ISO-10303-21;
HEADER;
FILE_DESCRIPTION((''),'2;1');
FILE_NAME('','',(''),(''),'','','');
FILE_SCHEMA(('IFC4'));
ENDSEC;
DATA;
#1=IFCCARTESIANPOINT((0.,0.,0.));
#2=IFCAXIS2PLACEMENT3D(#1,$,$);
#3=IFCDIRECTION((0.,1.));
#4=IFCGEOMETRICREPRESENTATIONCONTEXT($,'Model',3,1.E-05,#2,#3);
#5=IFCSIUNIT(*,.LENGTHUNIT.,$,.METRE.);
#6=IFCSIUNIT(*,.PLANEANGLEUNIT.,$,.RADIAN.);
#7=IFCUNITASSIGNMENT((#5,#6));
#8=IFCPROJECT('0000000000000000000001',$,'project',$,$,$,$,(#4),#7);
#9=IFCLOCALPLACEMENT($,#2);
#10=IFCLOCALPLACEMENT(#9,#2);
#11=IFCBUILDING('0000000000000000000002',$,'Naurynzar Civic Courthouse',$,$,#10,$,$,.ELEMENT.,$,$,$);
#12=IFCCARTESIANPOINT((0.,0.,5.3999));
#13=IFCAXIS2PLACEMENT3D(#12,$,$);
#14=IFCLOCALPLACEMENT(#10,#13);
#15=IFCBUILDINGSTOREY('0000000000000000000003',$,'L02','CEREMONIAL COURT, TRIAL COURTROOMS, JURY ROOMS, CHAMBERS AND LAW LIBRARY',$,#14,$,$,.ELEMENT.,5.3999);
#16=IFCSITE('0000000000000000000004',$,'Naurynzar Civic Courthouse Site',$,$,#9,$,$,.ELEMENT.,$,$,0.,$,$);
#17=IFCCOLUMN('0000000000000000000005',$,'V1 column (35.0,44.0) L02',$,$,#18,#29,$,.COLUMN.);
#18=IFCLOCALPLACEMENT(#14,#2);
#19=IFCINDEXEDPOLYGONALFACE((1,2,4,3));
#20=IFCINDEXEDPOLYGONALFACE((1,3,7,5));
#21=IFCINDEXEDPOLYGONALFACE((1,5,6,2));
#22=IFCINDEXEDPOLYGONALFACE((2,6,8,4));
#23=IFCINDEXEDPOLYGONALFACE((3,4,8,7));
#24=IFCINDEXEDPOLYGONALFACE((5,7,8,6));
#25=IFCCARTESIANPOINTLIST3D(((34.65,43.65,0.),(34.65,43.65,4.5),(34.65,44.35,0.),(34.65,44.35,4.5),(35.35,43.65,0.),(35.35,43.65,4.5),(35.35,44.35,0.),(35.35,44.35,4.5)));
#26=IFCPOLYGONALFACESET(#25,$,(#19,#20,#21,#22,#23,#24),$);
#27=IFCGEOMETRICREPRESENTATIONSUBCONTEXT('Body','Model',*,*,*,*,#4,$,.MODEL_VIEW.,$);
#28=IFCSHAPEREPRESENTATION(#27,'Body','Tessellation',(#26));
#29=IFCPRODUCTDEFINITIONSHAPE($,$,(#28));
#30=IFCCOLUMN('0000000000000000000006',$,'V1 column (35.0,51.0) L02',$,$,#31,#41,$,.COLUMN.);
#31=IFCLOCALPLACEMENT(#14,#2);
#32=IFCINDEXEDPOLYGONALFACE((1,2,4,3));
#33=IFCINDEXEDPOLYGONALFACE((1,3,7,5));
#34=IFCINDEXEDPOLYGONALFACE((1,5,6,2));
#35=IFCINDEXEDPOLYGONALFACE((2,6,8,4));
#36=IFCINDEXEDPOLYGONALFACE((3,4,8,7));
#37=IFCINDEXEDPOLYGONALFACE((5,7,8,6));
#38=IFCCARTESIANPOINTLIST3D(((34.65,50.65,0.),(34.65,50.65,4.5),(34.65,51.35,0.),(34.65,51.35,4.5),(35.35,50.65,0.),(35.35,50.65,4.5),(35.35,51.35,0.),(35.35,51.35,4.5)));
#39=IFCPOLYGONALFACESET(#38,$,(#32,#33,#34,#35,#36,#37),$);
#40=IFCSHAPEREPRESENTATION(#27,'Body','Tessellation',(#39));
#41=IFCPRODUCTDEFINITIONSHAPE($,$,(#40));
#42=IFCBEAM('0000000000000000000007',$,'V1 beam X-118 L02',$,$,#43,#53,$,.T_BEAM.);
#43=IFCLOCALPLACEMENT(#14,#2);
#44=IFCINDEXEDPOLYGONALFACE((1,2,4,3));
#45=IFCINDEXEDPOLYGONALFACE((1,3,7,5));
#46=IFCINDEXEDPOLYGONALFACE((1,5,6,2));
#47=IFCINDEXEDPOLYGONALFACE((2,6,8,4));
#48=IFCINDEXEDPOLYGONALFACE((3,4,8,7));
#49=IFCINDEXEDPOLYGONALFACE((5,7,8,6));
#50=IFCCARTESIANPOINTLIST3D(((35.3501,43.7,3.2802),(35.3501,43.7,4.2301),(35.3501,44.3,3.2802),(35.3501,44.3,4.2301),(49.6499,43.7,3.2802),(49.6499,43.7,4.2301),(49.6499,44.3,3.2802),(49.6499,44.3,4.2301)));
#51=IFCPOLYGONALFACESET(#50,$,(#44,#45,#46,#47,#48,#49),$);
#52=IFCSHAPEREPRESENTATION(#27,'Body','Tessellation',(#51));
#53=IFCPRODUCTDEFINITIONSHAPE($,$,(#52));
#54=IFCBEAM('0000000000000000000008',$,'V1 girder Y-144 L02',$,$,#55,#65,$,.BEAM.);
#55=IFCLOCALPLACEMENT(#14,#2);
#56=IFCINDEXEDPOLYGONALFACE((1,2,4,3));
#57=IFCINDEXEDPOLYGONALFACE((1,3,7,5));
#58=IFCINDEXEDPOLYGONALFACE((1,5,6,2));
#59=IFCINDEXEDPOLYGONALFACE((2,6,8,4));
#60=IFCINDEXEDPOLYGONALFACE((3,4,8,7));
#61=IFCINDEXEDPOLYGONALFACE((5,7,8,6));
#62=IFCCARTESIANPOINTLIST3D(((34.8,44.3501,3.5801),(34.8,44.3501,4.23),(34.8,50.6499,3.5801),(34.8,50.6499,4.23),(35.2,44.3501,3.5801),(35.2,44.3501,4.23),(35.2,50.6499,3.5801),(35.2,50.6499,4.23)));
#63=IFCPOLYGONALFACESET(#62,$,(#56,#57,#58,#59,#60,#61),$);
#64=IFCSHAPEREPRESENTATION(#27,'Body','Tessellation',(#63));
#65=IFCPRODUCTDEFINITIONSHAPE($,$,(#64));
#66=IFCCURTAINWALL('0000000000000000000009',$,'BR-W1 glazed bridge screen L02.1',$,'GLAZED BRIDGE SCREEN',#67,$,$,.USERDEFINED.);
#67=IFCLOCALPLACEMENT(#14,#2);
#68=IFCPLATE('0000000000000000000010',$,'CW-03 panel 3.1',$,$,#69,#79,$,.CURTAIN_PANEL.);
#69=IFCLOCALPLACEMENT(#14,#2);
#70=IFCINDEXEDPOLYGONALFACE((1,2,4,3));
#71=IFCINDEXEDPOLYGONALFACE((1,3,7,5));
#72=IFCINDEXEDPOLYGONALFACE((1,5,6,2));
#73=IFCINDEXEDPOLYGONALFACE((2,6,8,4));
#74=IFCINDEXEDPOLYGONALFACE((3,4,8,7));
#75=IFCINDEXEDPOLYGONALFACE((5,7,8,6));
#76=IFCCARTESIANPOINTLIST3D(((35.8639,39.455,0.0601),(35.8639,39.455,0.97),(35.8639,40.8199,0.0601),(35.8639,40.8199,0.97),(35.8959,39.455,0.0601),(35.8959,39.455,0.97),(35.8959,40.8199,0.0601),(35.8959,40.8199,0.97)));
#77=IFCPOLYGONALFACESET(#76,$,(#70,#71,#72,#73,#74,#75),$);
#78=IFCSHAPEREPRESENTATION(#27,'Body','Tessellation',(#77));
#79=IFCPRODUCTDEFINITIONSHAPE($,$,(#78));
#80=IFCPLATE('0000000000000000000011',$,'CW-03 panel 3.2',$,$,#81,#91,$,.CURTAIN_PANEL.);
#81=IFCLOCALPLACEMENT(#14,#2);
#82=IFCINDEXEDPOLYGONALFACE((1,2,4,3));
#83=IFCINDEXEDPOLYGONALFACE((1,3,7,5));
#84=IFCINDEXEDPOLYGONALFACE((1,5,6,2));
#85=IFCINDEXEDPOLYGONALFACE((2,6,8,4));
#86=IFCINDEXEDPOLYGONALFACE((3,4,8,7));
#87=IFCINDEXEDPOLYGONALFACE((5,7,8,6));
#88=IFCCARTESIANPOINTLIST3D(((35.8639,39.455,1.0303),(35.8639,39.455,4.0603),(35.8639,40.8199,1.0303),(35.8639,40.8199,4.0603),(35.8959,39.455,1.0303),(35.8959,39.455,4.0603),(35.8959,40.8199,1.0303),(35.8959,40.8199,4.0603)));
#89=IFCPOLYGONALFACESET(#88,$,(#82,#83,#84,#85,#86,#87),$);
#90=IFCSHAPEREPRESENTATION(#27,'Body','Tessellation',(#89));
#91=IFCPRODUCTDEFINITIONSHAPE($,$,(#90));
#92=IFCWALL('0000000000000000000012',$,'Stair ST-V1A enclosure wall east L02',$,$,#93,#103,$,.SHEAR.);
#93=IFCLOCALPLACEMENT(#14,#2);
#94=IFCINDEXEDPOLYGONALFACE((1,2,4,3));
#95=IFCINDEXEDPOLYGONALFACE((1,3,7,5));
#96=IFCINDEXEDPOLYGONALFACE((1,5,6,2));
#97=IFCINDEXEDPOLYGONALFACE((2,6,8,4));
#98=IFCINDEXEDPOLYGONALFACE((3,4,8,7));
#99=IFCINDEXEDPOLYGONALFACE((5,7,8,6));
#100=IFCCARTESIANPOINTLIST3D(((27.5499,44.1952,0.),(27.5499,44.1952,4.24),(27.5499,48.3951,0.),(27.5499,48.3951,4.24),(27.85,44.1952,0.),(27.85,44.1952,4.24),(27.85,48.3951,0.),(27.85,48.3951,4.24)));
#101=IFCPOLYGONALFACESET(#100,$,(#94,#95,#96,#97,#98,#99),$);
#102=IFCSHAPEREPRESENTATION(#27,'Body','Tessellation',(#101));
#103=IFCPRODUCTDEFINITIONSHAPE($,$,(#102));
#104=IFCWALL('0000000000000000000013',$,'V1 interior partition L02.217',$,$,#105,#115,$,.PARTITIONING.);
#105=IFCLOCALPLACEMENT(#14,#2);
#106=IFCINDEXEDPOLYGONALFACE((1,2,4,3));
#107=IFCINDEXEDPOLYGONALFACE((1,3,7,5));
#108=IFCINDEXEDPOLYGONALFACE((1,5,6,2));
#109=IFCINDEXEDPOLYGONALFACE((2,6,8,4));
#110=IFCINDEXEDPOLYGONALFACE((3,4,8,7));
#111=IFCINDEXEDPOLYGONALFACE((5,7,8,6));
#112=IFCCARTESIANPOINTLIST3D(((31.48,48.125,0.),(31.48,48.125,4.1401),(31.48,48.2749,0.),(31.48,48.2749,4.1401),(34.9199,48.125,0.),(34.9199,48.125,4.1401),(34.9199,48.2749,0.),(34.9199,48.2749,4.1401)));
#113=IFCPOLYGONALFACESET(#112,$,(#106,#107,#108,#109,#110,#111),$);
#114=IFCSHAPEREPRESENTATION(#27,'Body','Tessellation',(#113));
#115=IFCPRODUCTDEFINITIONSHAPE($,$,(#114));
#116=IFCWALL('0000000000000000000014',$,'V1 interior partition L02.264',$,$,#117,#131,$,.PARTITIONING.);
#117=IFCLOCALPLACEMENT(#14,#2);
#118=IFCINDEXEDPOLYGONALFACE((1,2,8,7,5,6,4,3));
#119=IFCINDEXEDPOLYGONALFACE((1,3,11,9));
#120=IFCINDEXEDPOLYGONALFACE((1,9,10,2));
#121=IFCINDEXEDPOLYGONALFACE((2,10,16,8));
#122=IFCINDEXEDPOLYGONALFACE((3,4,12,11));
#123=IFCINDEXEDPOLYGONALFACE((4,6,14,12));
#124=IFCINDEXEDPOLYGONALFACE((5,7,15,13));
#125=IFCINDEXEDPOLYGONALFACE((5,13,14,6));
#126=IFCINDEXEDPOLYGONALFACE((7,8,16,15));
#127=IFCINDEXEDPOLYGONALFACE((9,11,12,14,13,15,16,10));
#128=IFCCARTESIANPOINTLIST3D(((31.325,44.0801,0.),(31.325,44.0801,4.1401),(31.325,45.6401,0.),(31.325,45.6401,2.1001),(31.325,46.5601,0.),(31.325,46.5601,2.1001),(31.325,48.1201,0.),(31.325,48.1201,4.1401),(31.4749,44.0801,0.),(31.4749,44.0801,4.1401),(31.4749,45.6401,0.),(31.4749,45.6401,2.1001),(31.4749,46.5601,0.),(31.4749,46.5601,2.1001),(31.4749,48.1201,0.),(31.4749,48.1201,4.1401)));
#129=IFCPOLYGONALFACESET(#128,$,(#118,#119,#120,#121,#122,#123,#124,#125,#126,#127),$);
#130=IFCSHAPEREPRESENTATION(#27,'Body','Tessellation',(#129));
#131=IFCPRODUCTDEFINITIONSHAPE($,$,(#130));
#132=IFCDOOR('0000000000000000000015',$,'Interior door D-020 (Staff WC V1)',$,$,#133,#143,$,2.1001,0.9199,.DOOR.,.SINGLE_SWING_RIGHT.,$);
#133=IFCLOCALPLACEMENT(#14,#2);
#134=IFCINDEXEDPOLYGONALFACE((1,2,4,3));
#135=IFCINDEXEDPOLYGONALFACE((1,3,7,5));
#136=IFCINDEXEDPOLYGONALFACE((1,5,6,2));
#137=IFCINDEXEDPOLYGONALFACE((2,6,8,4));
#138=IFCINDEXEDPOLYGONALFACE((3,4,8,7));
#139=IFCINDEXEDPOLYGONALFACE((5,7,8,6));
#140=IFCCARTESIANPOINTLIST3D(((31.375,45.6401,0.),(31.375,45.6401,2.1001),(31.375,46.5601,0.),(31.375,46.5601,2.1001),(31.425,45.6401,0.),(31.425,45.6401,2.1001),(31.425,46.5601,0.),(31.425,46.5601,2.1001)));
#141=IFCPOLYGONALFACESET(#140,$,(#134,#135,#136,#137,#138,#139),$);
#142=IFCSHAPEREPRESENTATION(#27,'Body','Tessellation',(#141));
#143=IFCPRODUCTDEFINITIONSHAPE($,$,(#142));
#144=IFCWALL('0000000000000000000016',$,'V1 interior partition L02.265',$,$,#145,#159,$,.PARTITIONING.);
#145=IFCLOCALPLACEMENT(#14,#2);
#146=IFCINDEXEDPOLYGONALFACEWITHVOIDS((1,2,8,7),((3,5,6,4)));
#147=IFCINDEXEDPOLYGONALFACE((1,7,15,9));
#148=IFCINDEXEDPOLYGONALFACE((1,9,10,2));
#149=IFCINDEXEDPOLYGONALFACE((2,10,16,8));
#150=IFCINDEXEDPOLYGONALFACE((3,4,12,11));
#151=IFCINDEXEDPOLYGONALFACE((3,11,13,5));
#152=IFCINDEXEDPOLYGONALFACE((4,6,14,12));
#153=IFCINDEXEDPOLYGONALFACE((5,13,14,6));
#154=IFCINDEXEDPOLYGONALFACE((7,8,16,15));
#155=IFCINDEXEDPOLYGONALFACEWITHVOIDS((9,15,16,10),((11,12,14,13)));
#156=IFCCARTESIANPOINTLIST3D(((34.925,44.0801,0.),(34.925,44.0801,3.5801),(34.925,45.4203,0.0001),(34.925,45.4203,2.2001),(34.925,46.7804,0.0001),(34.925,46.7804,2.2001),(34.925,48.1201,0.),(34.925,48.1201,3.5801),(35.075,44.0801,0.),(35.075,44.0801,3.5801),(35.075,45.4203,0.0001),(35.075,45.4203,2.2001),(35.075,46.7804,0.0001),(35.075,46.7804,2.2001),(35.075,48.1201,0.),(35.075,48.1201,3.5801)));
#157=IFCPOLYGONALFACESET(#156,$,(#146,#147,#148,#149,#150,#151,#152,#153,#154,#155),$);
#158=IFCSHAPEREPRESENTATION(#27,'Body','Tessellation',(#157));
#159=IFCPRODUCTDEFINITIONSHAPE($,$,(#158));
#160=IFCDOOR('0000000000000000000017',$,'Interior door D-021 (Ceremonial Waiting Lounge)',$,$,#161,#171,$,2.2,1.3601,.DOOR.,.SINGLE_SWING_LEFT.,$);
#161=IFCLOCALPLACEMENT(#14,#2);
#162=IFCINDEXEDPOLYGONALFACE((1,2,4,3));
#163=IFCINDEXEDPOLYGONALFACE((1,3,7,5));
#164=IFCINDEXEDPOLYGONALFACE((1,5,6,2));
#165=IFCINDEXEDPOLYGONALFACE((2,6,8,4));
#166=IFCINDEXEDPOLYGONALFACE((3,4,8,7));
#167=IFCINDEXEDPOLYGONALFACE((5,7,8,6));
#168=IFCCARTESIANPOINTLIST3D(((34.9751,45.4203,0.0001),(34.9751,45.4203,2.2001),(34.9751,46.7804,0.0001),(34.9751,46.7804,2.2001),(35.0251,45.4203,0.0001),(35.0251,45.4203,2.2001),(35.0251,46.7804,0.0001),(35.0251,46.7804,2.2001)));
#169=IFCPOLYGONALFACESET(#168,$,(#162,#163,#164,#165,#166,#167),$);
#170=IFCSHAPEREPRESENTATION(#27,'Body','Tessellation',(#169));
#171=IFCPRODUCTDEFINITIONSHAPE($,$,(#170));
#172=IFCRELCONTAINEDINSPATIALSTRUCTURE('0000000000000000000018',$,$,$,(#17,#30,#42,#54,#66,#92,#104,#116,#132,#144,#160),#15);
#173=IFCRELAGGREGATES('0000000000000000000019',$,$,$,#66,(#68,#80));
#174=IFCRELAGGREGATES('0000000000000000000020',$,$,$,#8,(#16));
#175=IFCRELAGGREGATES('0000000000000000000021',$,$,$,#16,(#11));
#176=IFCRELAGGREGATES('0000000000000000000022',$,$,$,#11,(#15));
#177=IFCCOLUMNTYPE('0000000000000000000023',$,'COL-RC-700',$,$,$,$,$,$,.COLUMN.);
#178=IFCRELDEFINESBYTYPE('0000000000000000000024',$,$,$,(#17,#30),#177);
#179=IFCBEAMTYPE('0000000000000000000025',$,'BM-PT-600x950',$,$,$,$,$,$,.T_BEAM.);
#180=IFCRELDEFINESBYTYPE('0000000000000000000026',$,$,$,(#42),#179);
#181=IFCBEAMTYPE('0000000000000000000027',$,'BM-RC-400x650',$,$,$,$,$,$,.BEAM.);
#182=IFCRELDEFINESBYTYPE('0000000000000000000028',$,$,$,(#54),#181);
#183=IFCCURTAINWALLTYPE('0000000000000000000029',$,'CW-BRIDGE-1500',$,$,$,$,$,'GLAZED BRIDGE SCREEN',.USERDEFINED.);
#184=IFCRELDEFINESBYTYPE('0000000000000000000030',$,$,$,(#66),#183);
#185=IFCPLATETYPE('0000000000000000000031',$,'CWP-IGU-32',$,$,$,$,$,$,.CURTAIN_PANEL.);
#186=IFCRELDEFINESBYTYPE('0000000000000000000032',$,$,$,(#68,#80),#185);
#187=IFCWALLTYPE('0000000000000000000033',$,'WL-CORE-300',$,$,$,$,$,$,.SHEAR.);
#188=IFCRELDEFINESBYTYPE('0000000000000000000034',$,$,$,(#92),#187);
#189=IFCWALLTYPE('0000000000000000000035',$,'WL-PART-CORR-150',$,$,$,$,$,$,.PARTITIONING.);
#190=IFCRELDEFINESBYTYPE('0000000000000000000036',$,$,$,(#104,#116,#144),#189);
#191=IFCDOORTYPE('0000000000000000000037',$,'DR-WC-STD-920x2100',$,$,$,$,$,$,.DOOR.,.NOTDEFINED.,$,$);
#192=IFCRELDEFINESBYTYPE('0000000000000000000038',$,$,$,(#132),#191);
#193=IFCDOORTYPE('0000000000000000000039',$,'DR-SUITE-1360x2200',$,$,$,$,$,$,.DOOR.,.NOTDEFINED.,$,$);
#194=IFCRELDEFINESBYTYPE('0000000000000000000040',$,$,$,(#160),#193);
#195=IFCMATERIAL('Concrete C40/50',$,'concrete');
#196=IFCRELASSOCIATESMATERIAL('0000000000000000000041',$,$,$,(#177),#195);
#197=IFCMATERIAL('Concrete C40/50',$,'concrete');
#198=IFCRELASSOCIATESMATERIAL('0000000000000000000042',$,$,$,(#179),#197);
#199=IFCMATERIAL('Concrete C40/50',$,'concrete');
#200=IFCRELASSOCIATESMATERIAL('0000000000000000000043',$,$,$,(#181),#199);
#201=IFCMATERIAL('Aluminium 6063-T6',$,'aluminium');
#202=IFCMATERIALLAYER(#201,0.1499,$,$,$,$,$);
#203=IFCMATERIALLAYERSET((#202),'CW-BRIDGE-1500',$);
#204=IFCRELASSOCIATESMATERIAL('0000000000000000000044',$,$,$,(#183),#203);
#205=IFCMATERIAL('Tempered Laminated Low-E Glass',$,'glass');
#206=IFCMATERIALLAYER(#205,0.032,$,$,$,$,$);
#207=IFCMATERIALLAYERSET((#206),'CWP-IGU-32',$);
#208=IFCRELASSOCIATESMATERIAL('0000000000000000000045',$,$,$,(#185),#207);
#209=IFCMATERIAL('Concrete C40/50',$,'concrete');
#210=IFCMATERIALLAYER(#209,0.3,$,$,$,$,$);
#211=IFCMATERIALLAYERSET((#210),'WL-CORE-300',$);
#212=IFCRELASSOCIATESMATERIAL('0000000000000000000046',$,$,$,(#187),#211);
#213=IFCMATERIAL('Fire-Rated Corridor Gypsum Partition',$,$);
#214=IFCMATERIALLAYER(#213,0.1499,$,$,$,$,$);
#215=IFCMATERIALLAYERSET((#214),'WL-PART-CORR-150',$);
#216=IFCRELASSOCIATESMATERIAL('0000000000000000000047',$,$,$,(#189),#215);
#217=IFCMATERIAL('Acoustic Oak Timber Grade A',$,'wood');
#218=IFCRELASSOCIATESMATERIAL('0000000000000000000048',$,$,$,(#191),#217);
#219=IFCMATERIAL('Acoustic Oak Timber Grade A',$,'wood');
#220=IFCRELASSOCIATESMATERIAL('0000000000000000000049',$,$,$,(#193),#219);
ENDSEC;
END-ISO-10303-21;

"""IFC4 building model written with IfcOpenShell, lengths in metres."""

from ifc_helpers import new_model, si_unit, direction, frame, frame_2d, origin, origin_2d, place, context, subcontext, project, spatial, rectangle, extrude, material, layer, layer_set, material_profile, profile_set, type_object, element, fill, aggregate, save


model = new_model("IFC4")

# Units and contexts
model_context = context("Model", 3, precision=1e-05, world=origin(), true_north=direction((0.0, 1.0)))
body_context = subcontext(model_context, "Body", "Model", "MODEL_VIEW")
ifc_project = project(units=[si_unit("LENGTHUNIT", "METRE"), si_unit("PLANEANGLEUNIT", "RADIAN")], contexts=[model_context])

# Site, building, storey
site_placement = place(None, origin())
site = spatial("IfcSite", under=ifc_project, at=site_placement, Name="Naurynzar Civic Courthouse Site", CompositionType="ELEMENT", RefElevation=0.0)
building_placement = place(site_placement, origin())
building = spatial("IfcBuilding", under=site, at=building_placement, Name="Naurynzar Civic Courthouse", CompositionType="ELEMENT")
storey_placement = place(building_placement, frame((0.0, 0.0, 5.3999)))
storey = spatial("IfcBuildingStorey", under=building, at=storey_placement, Name="L02", Description="CEREMONIAL COURT, TRIAL COURTROOMS, JURY ROOMS, CHAMBERS AND LAW LIBRARY", CompositionType="ELEMENT", Elevation=5.3999)

# Columns
ifc_material_1 = material(Name="Concrete C40/50", Category="concrete")
ifc_material_profile_1 = material_profile(ifc_material_1, rectangle(XDim=0.7, YDim=0.7, at=origin_2d()), Name="RC 700x700")
ifc_profile_set_1 = profile_set([ifc_material_profile_1], Name="Concrete C40/50")
column_type = type_object("IfcColumnType", Name="COL-RC-700", PredefinedType="COLUMN", material=ifc_profile_set_1)
for number, where, z_axis, x_axis, name in (
    (1, (35.0, 44.0, 0.0), (0.0, 0.0, 1.0), (1.0, 0.0, 0.0), "V1 column (35.0,44.0) L02"),
    (2, (35.0, 51.0, 0.0), (0.0, 0.0, 1.0), (1.0, 0.0, 0.0), "V1 column (35.0,51.0) L02"),
):
    element("IfcColumn", number, at=place(storey_placement, frame(where, z_axis=z_axis, x_axis=x_axis)), inside=storey, type_object=column_type, Name=name, PredefinedType="COLUMN", context=body_context, shape_type="SweptSolid", body=[
        extrude(rectangle(XDim=0.7, YDim=0.7, at=origin_2d()), origin(), (0.0, 0.0, 1.0), 4.5),
    ])

# Beams
ifc_material_2 = material(Name="Concrete C40/50", Category="concrete")
ifc_material_profile_2 = material_profile(ifc_material_2, rectangle(XDim=0.6001, YDim=0.95, at=origin_2d()), Name="PTB 600x950")
ifc_profile_set_2 = profile_set([ifc_material_profile_2], Name="Concrete C40/50")
beam_type_1 = type_object("IfcBeamType", Name="BM-PT-600x950", PredefinedType="T_BEAM", material=ifc_profile_set_2)
beam_1_placement = place(storey_placement, frame((35.3501, 44.0, 3.7551), z_axis=(1.0, 0.0, 0.0), x_axis=(0.0, 1.0, 0.0)))
element("IfcBeam", 3, at=beam_1_placement, inside=storey, type_object=beam_type_1, Name="V1 beam X-118 L02", PredefinedType="T_BEAM", context=body_context, shape_type="SweptSolid", body=[
    extrude(rectangle(XDim=0.6001, YDim=0.95, at=origin_2d()), origin(), (0.0, 0.0, 1.0), 14.2998),
])
ifc_material_3 = material(Name="Concrete C40/50", Category="concrete")
ifc_material_profile_3 = material_profile(ifc_material_3, rectangle(XDim=0.3999, YDim=0.6499, at=origin_2d()), Name="RCB 400x650")
ifc_profile_set_3 = profile_set([ifc_material_profile_3], Name="Concrete C40/50")
beam_type_2 = type_object("IfcBeamType", Name="BM-RC-400x650", PredefinedType="BEAM", material=ifc_profile_set_3)
beam_2_placement = place(storey_placement, frame((35.0, 44.3501, 3.905), z_axis=(0.0, 1.0, 0.0), x_axis=(-1.0, 0.0, 0.0)))
element("IfcBeam", 4, at=beam_2_placement, inside=storey, type_object=beam_type_2, Name="V1 girder Y-144 L02", PredefinedType="BEAM", context=body_context, shape_type="SweptSolid", body=[
    extrude(rectangle(XDim=0.3999, YDim=0.6499, at=origin_2d()), origin(), (0.0, 0.0, 1.0), 6.2998),
])

# Curtain wall, plates
ifc_material_4 = material(Name="Aluminium 6063-T6", Category="aluminium")
ifc_layer_1 = layer(ifc_material_4, 0.1499)
ifc_layer_set_1 = layer_set([ifc_layer_1], Name="CW-BRIDGE-1500")
curtain_wall_type = type_object("IfcCurtainWallType", Name="CW-BRIDGE-1500", ElementType="GLAZED BRIDGE SCREEN", PredefinedType="USERDEFINED", material=ifc_layer_set_1)
curtain_wall_placement = place(storey_placement, origin())
curtain_wall = element("IfcCurtainWall", 5, at=curtain_wall_placement, inside=storey, type_object=curtain_wall_type, Name="BR-W1 glazed bridge screen L02.1", ObjectType="GLAZED BRIDGE SCREEN", PredefinedType="USERDEFINED")
ifc_material_5 = material(Name="Tempered Laminated Low-E Glass", Category="glass")
ifc_layer_2 = layer(ifc_material_5, 0.032)
ifc_layer_set_2 = layer_set([ifc_layer_2], Name="CWP-IGU-32")
plate_type = type_object("IfcPlateType", Name="CWP-IGU-32", PredefinedType="CURTAIN_PANEL", material=ifc_layer_set_2)
plate_1_placement = place(storey_placement, frame((35.8799, 40.1375, 0.0601), z_axis=(0.0, 0.0, 1.0), x_axis=(0.0, -1.0, 0.0)))
plate_1 = element("IfcPlate", 6, at=plate_1_placement, type_object=plate_type, Name="CW-03 panel 3.1", PredefinedType="CURTAIN_PANEL", context=body_context, shape_type="SweptSolid", body=[
    extrude(rectangle(XDim=1.365, YDim=0.032, at=origin_2d()), origin(), (0.0, 0.0, 1.0), 0.9099),
])
plate_2_placement = place(storey_placement, frame((35.8799, 40.1375, 1.0303), z_axis=(0.0, 0.0, 1.0), x_axis=(0.0, -1.0, 0.0)))
plate_2 = element("IfcPlate", 7, at=plate_2_placement, type_object=plate_type, Name="CW-03 panel 3.2", PredefinedType="CURTAIN_PANEL", context=body_context, shape_type="SweptSolid", body=[
    extrude(rectangle(XDim=1.365, YDim=0.032, at=origin_2d()), origin(), (0.0, 0.0, 1.0), 3.03),
])
aggregate(curtain_wall, [plate_1, plate_2])

# Shared definitions
ifc_material_6 = material(Name="Concrete C40/50", Category="concrete")
ifc_layer_3 = layer(ifc_material_6, 0.3)
ifc_layer_set_3 = layer_set([ifc_layer_3], Name="WL-CORE-300")
wall_type_1 = type_object("IfcWallType", Name="WL-CORE-300", PredefinedType="SHEAR", material=ifc_layer_set_3)

# Walls
wall_1_placement = place(storey_placement, frame((27.7, 44.1951, 0.0), z_axis=(0.0, 0.0, 1.0), x_axis=(0.0, 1.0, 0.0)))
element("IfcWall", 8, at=wall_1_placement, inside=storey, type_object=wall_type_1, Name="Stair ST-V1A enclosure wall east L02", PredefinedType="SHEAR", context=body_context, shape_type="SweptSolid", body=[
    extrude(rectangle(XDim=4.2, YDim=0.3, at=frame_2d((2.1001, 0.0))), origin(), (0.0, 0.0, 1.0), 4.24),
])
ifc_material_7 = material(Name="Fire-Rated Corridor Gypsum Partition")
ifc_layer_4 = layer(ifc_material_7, 0.1499)
ifc_layer_set_4 = layer_set([ifc_layer_4], Name="WL-PART-CORR-150")
wall_type_2 = type_object("IfcWallType", Name="WL-PART-CORR-150", PredefinedType="PARTITIONING", material=ifc_layer_set_4)
wall_2_placement = place(storey_placement, frame((31.48, 48.2, 0.0), z_axis=(0.0, 0.0, 1.0), x_axis=(1.0, 0.0, 0.0)))
element("IfcWall", 9, at=wall_2_placement, inside=storey, type_object=wall_type_2, Name="V1 interior partition L02.217", PredefinedType="PARTITIONING", context=body_context, shape_type="SweptSolid", body=[
    extrude(rectangle(XDim=3.4399, YDim=0.1499, at=frame_2d((1.72, 0.0))), origin(), (0.0, 0.0, 1.0), 4.1401),
])

# Walls, openings, doors
wall_3_placement = place(storey_placement, frame((31.3999, 44.0801, 0.0), z_axis=(0.0, 0.0, 1.0), x_axis=(0.0, 1.0, 0.0)))
wall_3 = element("IfcWall", 10, at=wall_3_placement, inside=storey, type_object=wall_type_2, Name="V1 interior partition L02.264", PredefinedType="PARTITIONING", context=body_context, shape_type="SweptSolid", body=[
    extrude(rectangle(XDim=4.04, YDim=0.1499, at=frame_2d((2.02, 0.0))), origin(), (0.0, 0.0, 1.0), 4.1401),
])
opening_1_placement = place(wall_3_placement, frame((1.5601, 0.0, 0.0)))
opening_1 = element("IfcOpeningElement", 11, at=opening_1_placement, cuts=wall_3, PredefinedType="OPENING", context=body_context, shape_type="SweptSolid", body=[
    extrude(rectangle(XDim=0.9199, YDim=2.1001, at=frame_2d((0.46, 1.05))), frame((0.0, 0.085, 0.0), z_axis=(0.0, -1.0, 0.0), x_axis=(1.0, 0.0, 0.0)), (0.0, 0.0, 1.0), 0.1699),
])
ifc_material_8 = material(Name="Acoustic Oak Timber Grade A", Category="wood")
door_type_1 = type_object("IfcDoorType", Name="DR-WC-STD-920x2100", OperationType="NOTDEFINED", PredefinedType="DOOR", material=ifc_material_8)
door_1_placement = place(opening_1_placement, origin())
door_1 = element("IfcDoor", 12, at=door_1_placement, inside=storey, type_object=door_type_1, Name="Interior door D-020 (Staff WC V1)", OperationType="SINGLE_SWING_RIGHT", OverallHeight=2.1001, OverallWidth=0.9199, PredefinedType="DOOR", context=body_context, shape_type="SweptSolid", body=[
    extrude(rectangle(XDim=0.9199, YDim=2.1001, at=frame_2d((0.46, 1.05))), frame((0.0, 0.0249, 0.0), z_axis=(0.0, -1.0, 0.0), x_axis=(1.0, 0.0, 0.0)), (0.0, 0.0, 1.0), 0.05),
])
fill(opening_1, door_1)
wall_4_placement = place(storey_placement, frame((35.0, 44.0801, 0.0), z_axis=(0.0, 0.0, 1.0), x_axis=(0.0, 1.0, 0.0)))
wall_4 = element("IfcWall", 13, at=wall_4_placement, inside=storey, type_object=wall_type_2, Name="V1 interior partition L02.265", PredefinedType="PARTITIONING", context=body_context, shape_type="SweptSolid", body=[
    extrude(rectangle(XDim=4.04, YDim=0.1499, at=frame_2d((2.02, 0.0))), origin(), (0.0, 0.0, 1.0), 3.5801),
])
opening_2_placement = place(wall_4_placement, frame((1.3401, 0.0, 0.0)))
opening_2 = element("IfcOpeningElement", 14, at=opening_2_placement, cuts=wall_4, PredefinedType="OPENING", context=body_context, shape_type="SweptSolid", body=[
    extrude(rectangle(XDim=1.3601, YDim=2.2, at=frame_2d((0.6802, 1.1001))), frame((0.0, 0.085, 0.0), z_axis=(0.0, -1.0, 0.0), x_axis=(1.0, 0.0, 0.0)), (0.0, 0.0, 1.0), 0.1699),
])
ifc_material_9 = material(Name="Acoustic Oak Timber Grade A", Category="wood")
door_type_2 = type_object("IfcDoorType", Name="DR-SUITE-1360x2200", OperationType="NOTDEFINED", PredefinedType="DOOR", material=ifc_material_9)
door_2_placement = place(opening_2_placement, origin())
door_2 = element("IfcDoor", 15, at=door_2_placement, inside=storey, type_object=door_type_2, Name="Interior door D-021 (Ceremonial Waiting Lounge)", OperationType="SINGLE_SWING_LEFT", OverallHeight=2.2, OverallWidth=1.3601, PredefinedType="DOOR", context=body_context, shape_type="SweptSolid", body=[
    extrude(rectangle(XDim=1.3601, YDim=2.2, at=frame_2d((0.6802, 1.1001))), frame((0.0, 0.0249, 0.0), z_axis=(0.0, -1.0, 0.0), x_axis=(1.0, 0.0, 0.0)), (0.0, 0.0, 1.0), 0.05),
])
fill(opening_2, door_2)

save(model, "model.ifc")
